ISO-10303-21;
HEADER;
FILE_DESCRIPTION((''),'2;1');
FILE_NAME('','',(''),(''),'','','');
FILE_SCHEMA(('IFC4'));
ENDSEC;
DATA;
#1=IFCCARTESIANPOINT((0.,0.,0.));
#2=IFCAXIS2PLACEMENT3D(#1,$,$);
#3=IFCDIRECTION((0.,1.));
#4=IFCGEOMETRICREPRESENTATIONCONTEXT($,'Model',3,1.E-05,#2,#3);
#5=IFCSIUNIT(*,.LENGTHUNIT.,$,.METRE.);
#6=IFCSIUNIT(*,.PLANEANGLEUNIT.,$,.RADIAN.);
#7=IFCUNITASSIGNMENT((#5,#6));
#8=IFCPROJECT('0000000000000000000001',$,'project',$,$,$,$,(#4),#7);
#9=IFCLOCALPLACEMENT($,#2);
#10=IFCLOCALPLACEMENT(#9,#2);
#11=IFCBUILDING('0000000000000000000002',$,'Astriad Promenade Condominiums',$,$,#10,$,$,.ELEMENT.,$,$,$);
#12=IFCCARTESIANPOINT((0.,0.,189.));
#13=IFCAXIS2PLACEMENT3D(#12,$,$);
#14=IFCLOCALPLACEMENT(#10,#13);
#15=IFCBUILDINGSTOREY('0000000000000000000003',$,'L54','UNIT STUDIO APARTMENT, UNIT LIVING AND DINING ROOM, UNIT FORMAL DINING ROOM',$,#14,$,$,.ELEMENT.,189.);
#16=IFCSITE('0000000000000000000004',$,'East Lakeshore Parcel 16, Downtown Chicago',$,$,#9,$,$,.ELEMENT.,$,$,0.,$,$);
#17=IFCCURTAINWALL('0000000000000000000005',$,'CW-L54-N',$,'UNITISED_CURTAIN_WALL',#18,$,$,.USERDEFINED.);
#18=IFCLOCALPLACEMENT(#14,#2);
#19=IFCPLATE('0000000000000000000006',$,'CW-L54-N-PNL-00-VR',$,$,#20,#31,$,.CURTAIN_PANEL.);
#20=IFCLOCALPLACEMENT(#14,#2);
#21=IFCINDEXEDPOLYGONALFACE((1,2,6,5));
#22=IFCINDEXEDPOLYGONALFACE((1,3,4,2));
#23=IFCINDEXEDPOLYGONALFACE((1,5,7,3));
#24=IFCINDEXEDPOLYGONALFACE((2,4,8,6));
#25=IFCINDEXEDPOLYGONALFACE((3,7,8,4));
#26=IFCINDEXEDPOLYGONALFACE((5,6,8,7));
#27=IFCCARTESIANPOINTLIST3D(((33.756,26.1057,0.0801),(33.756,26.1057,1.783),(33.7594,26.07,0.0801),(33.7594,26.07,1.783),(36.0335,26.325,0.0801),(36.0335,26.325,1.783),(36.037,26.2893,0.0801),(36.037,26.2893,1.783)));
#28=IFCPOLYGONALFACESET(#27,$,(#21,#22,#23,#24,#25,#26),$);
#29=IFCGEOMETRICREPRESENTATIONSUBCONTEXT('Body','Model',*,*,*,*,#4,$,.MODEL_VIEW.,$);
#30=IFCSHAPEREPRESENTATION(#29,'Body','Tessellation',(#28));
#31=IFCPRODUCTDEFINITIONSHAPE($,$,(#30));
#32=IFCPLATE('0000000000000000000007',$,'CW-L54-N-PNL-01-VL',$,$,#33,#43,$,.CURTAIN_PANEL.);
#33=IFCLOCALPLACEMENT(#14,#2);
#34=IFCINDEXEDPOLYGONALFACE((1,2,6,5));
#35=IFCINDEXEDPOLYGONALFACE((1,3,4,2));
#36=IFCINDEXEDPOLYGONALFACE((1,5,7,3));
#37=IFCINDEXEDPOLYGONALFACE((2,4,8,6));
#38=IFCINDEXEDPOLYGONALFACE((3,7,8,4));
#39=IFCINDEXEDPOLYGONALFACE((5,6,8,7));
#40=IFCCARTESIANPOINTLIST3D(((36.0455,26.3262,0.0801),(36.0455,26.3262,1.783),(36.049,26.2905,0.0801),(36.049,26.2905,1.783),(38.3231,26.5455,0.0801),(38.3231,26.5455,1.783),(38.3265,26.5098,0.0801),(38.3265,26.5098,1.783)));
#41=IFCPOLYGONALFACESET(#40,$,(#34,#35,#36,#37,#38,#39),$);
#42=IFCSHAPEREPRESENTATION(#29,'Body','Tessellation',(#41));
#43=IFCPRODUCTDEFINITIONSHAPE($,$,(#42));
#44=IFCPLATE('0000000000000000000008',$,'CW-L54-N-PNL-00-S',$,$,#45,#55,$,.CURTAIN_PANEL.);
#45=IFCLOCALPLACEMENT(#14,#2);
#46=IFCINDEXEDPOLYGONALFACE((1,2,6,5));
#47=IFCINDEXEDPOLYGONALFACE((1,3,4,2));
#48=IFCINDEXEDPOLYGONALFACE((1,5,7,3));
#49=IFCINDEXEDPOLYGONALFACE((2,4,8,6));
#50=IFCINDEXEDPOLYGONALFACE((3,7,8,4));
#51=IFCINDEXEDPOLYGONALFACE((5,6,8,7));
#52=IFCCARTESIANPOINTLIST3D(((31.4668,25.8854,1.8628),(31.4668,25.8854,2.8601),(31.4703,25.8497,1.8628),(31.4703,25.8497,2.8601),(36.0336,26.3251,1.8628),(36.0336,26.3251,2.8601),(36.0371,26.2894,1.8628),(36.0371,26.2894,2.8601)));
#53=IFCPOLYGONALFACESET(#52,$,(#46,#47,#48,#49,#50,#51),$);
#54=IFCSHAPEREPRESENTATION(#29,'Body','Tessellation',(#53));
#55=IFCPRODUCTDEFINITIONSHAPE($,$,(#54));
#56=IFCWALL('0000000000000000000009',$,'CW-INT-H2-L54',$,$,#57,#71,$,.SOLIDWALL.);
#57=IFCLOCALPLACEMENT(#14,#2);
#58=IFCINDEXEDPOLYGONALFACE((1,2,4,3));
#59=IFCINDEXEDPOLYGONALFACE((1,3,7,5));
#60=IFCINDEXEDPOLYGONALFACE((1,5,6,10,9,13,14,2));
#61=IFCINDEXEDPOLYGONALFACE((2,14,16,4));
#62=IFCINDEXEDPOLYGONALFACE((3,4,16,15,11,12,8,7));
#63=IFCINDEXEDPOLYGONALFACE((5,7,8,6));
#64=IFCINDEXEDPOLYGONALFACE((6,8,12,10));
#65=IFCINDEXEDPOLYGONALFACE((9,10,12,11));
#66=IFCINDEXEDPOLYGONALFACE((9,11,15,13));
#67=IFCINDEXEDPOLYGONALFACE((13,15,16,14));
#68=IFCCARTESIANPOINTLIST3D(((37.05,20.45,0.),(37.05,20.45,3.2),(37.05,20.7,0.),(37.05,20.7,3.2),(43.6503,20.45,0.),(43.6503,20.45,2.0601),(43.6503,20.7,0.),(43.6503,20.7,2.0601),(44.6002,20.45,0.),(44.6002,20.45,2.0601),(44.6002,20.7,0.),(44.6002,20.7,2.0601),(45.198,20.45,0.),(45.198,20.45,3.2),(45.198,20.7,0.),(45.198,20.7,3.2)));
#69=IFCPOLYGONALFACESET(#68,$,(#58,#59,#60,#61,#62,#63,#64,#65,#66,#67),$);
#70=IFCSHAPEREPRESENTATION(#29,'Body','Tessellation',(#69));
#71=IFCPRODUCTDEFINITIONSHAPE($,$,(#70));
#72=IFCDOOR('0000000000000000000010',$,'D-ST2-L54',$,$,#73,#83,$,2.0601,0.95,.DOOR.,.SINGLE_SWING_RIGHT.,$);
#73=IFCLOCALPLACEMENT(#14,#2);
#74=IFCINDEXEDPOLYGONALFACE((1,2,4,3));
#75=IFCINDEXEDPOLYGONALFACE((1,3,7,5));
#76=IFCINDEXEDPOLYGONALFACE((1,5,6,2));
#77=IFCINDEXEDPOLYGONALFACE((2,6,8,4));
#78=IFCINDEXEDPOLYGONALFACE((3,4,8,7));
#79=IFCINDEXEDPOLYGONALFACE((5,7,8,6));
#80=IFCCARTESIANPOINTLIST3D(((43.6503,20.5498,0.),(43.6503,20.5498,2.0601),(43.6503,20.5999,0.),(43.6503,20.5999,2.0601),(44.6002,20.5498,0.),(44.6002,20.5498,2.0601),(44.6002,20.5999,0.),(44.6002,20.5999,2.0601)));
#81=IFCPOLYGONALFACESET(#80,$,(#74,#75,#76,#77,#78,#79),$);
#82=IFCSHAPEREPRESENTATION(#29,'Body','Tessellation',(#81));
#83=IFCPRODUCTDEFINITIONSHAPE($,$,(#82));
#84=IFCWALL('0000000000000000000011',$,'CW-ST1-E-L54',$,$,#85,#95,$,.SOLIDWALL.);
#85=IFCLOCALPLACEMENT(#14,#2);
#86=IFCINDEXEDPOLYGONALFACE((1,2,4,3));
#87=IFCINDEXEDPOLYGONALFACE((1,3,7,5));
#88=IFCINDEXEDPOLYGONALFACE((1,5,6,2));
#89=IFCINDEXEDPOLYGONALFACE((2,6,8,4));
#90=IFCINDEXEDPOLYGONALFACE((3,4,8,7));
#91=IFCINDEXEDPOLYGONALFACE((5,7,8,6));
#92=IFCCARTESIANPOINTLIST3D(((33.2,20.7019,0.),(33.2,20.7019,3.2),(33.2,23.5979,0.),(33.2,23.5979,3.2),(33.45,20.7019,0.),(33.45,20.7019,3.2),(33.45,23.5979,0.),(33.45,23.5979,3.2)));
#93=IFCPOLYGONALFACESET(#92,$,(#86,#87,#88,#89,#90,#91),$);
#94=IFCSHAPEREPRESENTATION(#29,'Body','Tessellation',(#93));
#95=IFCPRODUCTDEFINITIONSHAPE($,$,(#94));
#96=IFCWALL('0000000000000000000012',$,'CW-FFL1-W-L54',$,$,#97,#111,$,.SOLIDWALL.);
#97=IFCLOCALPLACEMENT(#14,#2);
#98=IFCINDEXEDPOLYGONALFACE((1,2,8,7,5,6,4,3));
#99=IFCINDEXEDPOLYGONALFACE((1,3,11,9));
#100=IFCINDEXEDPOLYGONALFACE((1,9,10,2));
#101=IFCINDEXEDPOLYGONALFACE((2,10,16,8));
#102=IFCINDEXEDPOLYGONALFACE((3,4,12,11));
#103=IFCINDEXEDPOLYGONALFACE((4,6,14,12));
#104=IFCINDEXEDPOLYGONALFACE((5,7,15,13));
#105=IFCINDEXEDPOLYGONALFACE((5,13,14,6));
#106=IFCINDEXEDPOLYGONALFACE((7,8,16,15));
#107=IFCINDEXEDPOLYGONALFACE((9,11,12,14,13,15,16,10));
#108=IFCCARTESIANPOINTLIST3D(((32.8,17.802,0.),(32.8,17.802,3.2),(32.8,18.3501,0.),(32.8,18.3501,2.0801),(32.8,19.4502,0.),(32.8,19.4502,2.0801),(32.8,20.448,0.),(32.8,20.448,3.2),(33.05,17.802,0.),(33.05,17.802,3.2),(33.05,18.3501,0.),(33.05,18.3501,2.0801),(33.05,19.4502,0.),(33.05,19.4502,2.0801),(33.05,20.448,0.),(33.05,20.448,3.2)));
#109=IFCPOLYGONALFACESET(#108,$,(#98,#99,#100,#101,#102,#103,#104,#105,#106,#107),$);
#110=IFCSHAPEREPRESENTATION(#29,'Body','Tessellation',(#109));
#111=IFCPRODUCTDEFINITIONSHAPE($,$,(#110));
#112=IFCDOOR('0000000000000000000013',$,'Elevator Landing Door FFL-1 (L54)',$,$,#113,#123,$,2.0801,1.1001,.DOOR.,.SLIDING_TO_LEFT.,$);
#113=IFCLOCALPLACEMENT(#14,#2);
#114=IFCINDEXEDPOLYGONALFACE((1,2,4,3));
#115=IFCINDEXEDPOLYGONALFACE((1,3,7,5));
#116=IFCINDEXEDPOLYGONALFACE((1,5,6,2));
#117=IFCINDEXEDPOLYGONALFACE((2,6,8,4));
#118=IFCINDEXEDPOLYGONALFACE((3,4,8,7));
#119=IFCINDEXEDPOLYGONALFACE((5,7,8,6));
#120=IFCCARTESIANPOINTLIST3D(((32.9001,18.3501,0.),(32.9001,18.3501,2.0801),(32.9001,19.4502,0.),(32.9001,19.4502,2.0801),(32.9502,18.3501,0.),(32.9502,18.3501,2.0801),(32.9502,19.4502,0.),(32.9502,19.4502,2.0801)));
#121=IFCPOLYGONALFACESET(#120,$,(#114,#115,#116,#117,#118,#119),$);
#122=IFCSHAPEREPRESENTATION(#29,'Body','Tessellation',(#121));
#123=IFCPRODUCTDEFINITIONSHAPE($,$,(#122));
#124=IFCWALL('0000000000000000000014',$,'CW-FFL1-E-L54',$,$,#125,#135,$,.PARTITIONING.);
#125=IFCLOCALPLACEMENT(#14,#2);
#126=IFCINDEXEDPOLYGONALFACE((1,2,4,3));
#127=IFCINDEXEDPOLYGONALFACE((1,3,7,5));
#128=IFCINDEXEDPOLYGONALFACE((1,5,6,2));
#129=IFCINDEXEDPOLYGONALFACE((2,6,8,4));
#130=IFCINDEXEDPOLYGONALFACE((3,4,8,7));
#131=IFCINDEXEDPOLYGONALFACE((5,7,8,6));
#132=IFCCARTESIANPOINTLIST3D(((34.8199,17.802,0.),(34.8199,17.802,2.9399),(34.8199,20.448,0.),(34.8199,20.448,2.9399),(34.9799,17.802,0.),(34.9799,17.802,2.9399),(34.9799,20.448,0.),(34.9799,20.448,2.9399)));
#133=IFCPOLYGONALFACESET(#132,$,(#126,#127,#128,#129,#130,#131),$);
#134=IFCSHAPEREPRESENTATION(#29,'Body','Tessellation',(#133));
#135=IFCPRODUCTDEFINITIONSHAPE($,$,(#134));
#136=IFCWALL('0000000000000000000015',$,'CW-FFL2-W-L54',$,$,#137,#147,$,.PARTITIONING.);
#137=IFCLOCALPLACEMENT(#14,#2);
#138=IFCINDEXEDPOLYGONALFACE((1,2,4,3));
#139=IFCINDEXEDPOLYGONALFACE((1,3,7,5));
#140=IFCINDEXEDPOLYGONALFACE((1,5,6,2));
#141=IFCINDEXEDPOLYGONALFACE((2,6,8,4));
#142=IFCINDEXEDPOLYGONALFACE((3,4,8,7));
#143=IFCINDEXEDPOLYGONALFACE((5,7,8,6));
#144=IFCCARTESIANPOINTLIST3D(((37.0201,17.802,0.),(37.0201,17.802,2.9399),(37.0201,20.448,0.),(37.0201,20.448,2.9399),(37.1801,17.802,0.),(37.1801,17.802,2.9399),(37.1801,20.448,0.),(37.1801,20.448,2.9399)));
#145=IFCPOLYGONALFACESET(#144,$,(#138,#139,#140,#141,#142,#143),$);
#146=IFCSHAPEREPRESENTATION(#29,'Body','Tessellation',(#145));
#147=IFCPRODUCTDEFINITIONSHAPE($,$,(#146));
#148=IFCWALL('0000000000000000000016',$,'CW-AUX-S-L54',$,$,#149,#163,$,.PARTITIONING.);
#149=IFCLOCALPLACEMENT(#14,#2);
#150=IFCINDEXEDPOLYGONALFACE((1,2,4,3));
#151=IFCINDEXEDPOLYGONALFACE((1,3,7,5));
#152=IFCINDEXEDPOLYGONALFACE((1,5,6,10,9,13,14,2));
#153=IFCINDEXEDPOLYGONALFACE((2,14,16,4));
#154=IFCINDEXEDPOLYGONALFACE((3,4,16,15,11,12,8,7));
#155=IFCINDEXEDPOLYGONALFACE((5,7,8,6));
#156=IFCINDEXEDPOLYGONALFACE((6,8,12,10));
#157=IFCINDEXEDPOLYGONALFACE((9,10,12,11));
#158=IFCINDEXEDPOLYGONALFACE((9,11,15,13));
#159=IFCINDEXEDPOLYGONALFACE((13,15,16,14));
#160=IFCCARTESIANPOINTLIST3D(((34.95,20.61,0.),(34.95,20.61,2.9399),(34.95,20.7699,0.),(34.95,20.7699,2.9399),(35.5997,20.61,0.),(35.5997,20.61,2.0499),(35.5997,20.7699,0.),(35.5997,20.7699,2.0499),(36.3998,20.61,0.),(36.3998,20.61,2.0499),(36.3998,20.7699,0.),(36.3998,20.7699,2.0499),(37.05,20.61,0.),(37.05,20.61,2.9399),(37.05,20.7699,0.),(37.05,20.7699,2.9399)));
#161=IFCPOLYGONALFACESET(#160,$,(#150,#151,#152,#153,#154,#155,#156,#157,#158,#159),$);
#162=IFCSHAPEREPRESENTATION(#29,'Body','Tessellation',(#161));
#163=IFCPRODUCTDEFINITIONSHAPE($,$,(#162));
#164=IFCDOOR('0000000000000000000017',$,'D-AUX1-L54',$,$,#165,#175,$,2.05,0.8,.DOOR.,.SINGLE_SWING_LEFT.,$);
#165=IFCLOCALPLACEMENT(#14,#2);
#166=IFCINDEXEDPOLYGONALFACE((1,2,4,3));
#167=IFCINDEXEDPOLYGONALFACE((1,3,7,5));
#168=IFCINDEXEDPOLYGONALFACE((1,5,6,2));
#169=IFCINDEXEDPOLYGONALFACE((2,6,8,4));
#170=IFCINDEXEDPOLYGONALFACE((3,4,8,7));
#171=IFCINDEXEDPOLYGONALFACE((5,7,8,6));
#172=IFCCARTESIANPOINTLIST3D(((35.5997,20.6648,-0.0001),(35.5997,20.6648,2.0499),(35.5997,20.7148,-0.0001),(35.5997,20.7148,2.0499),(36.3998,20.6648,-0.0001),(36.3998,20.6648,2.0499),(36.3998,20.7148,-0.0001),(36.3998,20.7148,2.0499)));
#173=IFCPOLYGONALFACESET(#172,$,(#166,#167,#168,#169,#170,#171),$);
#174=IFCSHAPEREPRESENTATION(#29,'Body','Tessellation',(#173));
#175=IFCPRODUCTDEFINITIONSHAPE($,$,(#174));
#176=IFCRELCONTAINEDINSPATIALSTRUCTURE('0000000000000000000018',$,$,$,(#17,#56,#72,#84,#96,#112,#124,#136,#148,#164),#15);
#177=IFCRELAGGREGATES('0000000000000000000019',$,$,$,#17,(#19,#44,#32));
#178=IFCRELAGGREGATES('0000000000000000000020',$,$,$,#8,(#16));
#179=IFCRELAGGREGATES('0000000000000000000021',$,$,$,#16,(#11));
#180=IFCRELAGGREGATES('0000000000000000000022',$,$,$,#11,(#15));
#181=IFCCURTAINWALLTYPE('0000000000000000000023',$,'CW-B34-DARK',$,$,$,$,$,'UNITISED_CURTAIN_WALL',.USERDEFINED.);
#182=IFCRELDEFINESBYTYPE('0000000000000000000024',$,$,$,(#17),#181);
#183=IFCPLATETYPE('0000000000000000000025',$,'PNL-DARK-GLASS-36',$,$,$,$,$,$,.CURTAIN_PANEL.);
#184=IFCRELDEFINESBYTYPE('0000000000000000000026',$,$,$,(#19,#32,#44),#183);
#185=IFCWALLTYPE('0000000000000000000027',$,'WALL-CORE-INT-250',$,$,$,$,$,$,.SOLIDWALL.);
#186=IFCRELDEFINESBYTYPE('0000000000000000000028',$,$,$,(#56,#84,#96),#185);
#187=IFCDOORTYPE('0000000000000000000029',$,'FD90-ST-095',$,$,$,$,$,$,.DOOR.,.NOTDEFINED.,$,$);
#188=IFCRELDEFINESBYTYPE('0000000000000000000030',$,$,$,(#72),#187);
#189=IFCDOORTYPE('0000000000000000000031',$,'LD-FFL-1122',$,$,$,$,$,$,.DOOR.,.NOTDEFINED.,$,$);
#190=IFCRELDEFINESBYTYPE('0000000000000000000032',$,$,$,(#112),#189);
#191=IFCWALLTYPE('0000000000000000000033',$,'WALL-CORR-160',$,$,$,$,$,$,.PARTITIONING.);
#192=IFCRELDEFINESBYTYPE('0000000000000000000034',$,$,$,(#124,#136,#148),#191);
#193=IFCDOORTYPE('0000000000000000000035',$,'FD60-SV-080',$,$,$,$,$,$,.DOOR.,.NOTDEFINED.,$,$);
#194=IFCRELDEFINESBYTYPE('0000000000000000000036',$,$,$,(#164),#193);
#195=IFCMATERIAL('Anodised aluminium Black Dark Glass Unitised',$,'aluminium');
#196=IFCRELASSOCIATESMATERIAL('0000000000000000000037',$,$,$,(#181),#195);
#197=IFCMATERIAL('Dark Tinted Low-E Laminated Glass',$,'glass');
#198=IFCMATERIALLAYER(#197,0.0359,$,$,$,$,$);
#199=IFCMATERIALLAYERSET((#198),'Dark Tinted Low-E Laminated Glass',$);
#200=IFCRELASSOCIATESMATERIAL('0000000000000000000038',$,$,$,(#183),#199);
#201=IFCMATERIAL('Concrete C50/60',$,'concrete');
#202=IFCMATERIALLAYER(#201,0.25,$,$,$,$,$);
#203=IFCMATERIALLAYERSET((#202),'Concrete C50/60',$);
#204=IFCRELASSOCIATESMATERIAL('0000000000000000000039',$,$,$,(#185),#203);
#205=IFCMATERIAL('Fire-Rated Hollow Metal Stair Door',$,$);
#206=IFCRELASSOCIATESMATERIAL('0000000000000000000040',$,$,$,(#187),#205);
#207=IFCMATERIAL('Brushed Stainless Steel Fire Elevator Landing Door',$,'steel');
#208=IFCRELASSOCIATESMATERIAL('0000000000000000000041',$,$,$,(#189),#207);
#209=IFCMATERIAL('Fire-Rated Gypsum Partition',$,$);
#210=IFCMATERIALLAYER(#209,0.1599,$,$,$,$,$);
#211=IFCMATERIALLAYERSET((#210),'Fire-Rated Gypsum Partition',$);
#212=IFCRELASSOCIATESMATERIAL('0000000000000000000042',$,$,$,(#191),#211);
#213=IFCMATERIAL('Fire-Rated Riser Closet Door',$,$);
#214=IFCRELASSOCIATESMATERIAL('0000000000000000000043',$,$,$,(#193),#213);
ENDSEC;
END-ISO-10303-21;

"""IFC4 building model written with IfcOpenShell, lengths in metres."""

from ifc_helpers import new_model, si_unit, direction, frame, frame_2d, origin, origin_2d, place, context, subcontext, project, spatial, rectangle, extrude, source, transform, mapped, material, layer, layer_set, type_object, type_shapes, element, fill, aggregate, save


model = new_model("IFC4")

# Units and contexts
model_context = context("Model", 3, precision=1e-05, world=origin(), true_north=direction((0.0, 1.0)))
body_context = subcontext(model_context, "Body", "Model", "MODEL_VIEW")
ifc_project = project(units=[si_unit("LENGTHUNIT", "METRE"), si_unit("PLANEANGLEUNIT", "RADIAN")], contexts=[model_context])

# Site, building, storey
site_placement = place(None, origin())
site = spatial("IfcSite", under=ifc_project, at=site_placement, Name="East Lakeshore Parcel 16, Downtown Chicago", CompositionType="ELEMENT", RefElevation=0.0)
building_placement = place(site_placement, origin())
building = spatial("IfcBuilding", under=site, at=building_placement, Name="Astriad Promenade Condominiums", CompositionType="ELEMENT")
storey_placement = place(building_placement, frame((0.0, 0.0, 189.0)))
storey = spatial("IfcBuildingStorey", under=building, at=storey_placement, Name="L54", Description="UNIT STUDIO APARTMENT, UNIT LIVING AND DINING ROOM, UNIT FORMAL DINING ROOM", CompositionType="ELEMENT", Elevation=189.0)

# Curtain wall, plates
ifc_material_1 = material(Name="Anodised aluminium Black Dark Glass Unitised", Category="aluminium")
curtain_wall_type = type_object("IfcCurtainWallType", Name="CW-B34-DARK", ElementType="UNITISED_CURTAIN_WALL", PredefinedType="USERDEFINED", material=ifc_material_1)
curtain_wall_placement = place(storey_placement, origin())
curtain_wall = element("IfcCurtainWall", 1, at=curtain_wall_placement, inside=storey, type_object=curtain_wall_type, Name="CW-L54-N", ObjectType="UNITISED_CURTAIN_WALL", PredefinedType="USERDEFINED")
ifc_material_2 = material(Name="Dark Tinted Low-E Laminated Glass", Category="glass")
ifc_layer_1 = layer(ifc_material_2, 0.0359)
ifc_layer_set_1 = layer_set([ifc_layer_1], Name="Dark Tinted Low-E Laminated Glass")
plate_type = type_object("IfcPlateType", Name="PNL-DARK-GLASS-36", PredefinedType="CURTAIN_PANEL", material=ifc_layer_set_1)
shared_shape_1 = source(origin(), body_context, "Body", "SweptSolid", [
    extrude(rectangle(XDim=2.2881, YDim=0.0359, at=origin_2d()), origin(), (0.0, 0.0, 1.0), 1.7029),
])
plate_1_placement = place(storey_placement, frame((34.8965, 26.1975, 0.0801), z_axis=(0.0, 0.0, 1.0), x_axis=(0.995396, 0.095846, 0.0)))
plate_1 = element("IfcPlate", 2, at=plate_1_placement, type_object=plate_type, Name="CW-L54-N-PNL-00-VR", PredefinedType="CURTAIN_PANEL", context=body_context, shape_type="MappedRepresentation", body=[
    mapped(shared_shape_1, transform((0.0, 0.0, 0.0), scale=1.0)),
])
plate_2_placement = place(storey_placement, frame((37.186, 26.418, 0.0801), z_axis=(0.0, 0.0, 1.0), x_axis=(0.995396, 0.095846, 0.0)))
plate_2 = element("IfcPlate", 3, at=plate_2_placement, type_object=plate_type, Name="CW-L54-N-PNL-01-VL", PredefinedType="CURTAIN_PANEL", context=body_context, shape_type="MappedRepresentation", body=[
    mapped(shared_shape_1, transform((0.0, 0.0, 0.0), scale=1.0)),
])
shared_shape_2 = source(origin(), body_context, "Body", "SweptSolid", [
    extrude(rectangle(XDim=4.5879, YDim=0.0359, at=origin_2d()), origin(), (0.0, 0.0, 1.0), 0.9973),
])
type_shapes(plate_type, [shared_shape_1, shared_shape_2])
plate_3_placement = place(storey_placement, frame((33.752, 26.0874, 1.8628), z_axis=(0.0, 0.0, 1.0), x_axis=(0.995396, 0.095846, 0.0)))
plate_3 = element("IfcPlate", 4, at=plate_3_placement, type_object=plate_type, Name="CW-L54-N-PNL-00-S", PredefinedType="CURTAIN_PANEL", context=body_context, shape_type="MappedRepresentation", body=[
    mapped(shared_shape_2, transform((0.0, 0.0, 0.0), scale=1.0)),
])
aggregate(curtain_wall, [plate_1, plate_3, plate_2])

# Wall, opening, door
ifc_material_3 = material(Name="Concrete C50/60", Category="concrete")
ifc_layer_2 = layer(ifc_material_3, 0.25)
ifc_layer_set_2 = layer_set([ifc_layer_2], Name="Concrete C50/60")
wall_type_1 = type_object("IfcWallType", Name="WALL-CORE-INT-250", PredefinedType="SOLIDWALL", material=ifc_layer_set_2)
wall_1_placement = place(storey_placement, frame((37.05, 20.575, 0.0), z_axis=(0.0, 0.0, 1.0), x_axis=(1.0, 0.0, 0.0)))
wall_1 = element("IfcWall", 5, at=wall_1_placement, inside=storey, type_object=wall_type_1, Name="CW-INT-H2-L54", PredefinedType="SOLIDWALL", context=body_context, shape_type="SweptSolid", body=[
    extrude(rectangle(XDim=8.1479, YDim=0.25, at=frame_2d((4.074, 0.0))), origin(), (0.0, 0.0, 1.0), 3.2),
])
opening_1_placement = place(wall_1_placement, frame((6.6001, 0.0, 0.0)))
opening_1 = element("IfcOpeningElement", 6, at=opening_1_placement, cuts=wall_1, PredefinedType="OPENING", context=body_context, shape_type="SweptSolid", body=[
    extrude(rectangle(XDim=0.95, YDim=2.0601, at=frame_2d((0.4751, 1.03))), frame((0.0, 0.135, 0.0), z_axis=(0.0, -1.0, 0.0), x_axis=(1.0, 0.0, 0.0)), (0.0, 0.0, 1.0), 0.27),
])
ifc_material_4 = material(Name="Fire-Rated Hollow Metal Stair Door")
door_type_1 = type_object("IfcDoorType", Name="FD90-ST-095", OperationType="NOTDEFINED", PredefinedType="DOOR", material=ifc_material_4)
shared_shape_3 = source(origin(), body_context, "Body", "SweptSolid", [
    extrude(rectangle(XDim=0.95, YDim=2.0601, at=frame_2d((0.4751, 1.03))), frame((0.0, 0.0249, 0.0), z_axis=(0.0, -1.0, 0.0), x_axis=(1.0, 0.0, 0.0)), (0.0, 0.0, 1.0), 0.05),
])
type_shapes(door_type_1, [shared_shape_3])
door_1_placement = place(opening_1_placement, origin())
door_1 = element("IfcDoor", 7, at=door_1_placement, inside=storey, type_object=door_type_1, Name="D-ST2-L54", OperationType="SINGLE_SWING_RIGHT", OverallHeight=2.0601, OverallWidth=0.95, PredefinedType="DOOR", context=body_context, shape_type="MappedRepresentation", body=[
    mapped(shared_shape_3, transform((0.0, 0.0, 0.0), scale=1.0)),
])
fill(opening_1, door_1)

# Wall
wall_2_placement = place(storey_placement, frame((33.325, 20.7019, 0.0), z_axis=(0.0, 0.0, 1.0), x_axis=(0.0, 1.0, 0.0)))
element("IfcWall", 8, at=wall_2_placement, inside=storey, type_object=wall_type_1, Name="CW-ST1-E-L54", PredefinedType="SOLIDWALL", context=body_context, shape_type="SweptSolid", body=[
    extrude(rectangle(XDim=2.896, YDim=0.25, at=frame_2d((1.448, 0.0))), origin(), (0.0, 0.0, 1.0), 3.2),
])

# Wall, opening, door
wall_3_placement = place(storey_placement, frame((32.925, 17.802, 0.0), z_axis=(0.0, 0.0, 1.0), x_axis=(0.0, 1.0, 0.0)))
wall_3 = element("IfcWall", 9, at=wall_3_placement, inside=storey, type_object=wall_type_1, Name="CW-FFL1-W-L54", PredefinedType="SOLIDWALL", context=body_context, shape_type="SweptSolid", body=[
    extrude(rectangle(XDim=2.646, YDim=0.25, at=frame_2d((1.323, 0.0))), origin(), (0.0, 0.0, 1.0), 3.2),
])
opening_2_placement = place(wall_3_placement, frame((0.5481, 0.0, 0.0)))
opening_2 = element("IfcOpeningElement", 10, at=opening_2_placement, cuts=wall_3, PredefinedType="OPENING", context=body_context, shape_type="SweptSolid", body=[
    extrude(rectangle(XDim=1.1001, YDim=2.0801, at=frame_2d((0.55, 1.04))), frame((0.0, 0.135, 0.0), z_axis=(0.0, -1.0, 0.0), x_axis=(1.0, 0.0, 0.0)), (0.0, 0.0, 1.0), 0.27),
])
ifc_material_5 = material(Name="Brushed Stainless Steel Fire Elevator Landing Door", Category="steel")
door_type_2 = type_object("IfcDoorType", Name="LD-FFL-1122", OperationType="NOTDEFINED", PredefinedType="DOOR", material=ifc_material_5)
shared_shape_4 = source(origin(), body_context, "Body", "SweptSolid", [
    extrude(rectangle(XDim=1.1001, YDim=2.0801, at=frame_2d((0.55, 1.04))), frame((0.0, 0.0249, 0.0), z_axis=(0.0, -1.0, 0.0), x_axis=(1.0, 0.0, 0.0)), (0.0, 0.0, 1.0), 0.05),
])
type_shapes(door_type_2, [shared_shape_4])
door_2_placement = place(opening_2_placement, origin())
door_2 = element("IfcDoor", 11, at=door_2_placement, inside=storey, type_object=door_type_2, Name="Elevator Landing Door FFL-1 (L54)", OperationType="SLIDING_TO_LEFT", OverallHeight=2.0801, OverallWidth=1.1001, PredefinedType="DOOR", context=body_context, shape_type="MappedRepresentation", body=[
    mapped(shared_shape_4, transform((0.0, 0.0, 0.0), scale=1.0)),
])
fill(opening_2, door_2)

# Walls
ifc_material_6 = material(Name="Fire-Rated Gypsum Partition")
ifc_layer_3 = layer(ifc_material_6, 0.1599)
ifc_layer_set_3 = layer_set([ifc_layer_3], Name="Fire-Rated Gypsum Partition")
wall_type_2 = type_object("IfcWallType", Name="WALL-CORR-160", PredefinedType="PARTITIONING", material=ifc_layer_set_3)
for number, where, z_axis, x_axis, name in (
    (12, (34.8999, 17.802, 0.0), (0.0, 0.0, 1.0), (0.0, 1.0, 0.0), "CW-FFL1-E-L54"),
    (13, (37.1001, 17.802, 0.0), (0.0, 0.0, 1.0), (0.0, 1.0, 0.0), "CW-FFL2-W-L54"),
):
    element("IfcWall", number, at=place(storey_placement, frame(where, z_axis=z_axis, x_axis=x_axis)), inside=storey, type_object=wall_type_2, Name=name, PredefinedType="PARTITIONING", context=body_context, shape_type="SweptSolid", body=[
        extrude(rectangle(XDim=2.646, YDim=0.1599, at=frame_2d((1.323, 0.0))), origin(), (0.0, 0.0, 1.0), 2.9399),
    ])

# Wall, opening, door
wall_4_placement = place(storey_placement, frame((34.95, 20.6899, 0.0), z_axis=(0.0, 0.0, 1.0), x_axis=(1.0, 0.0, 0.0)))
wall_4 = element("IfcWall", 14, at=wall_4_placement, inside=storey, type_object=wall_type_2, Name="CW-AUX-S-L54", PredefinedType="PARTITIONING", context=body_context, shape_type="SweptSolid", body=[
    extrude(rectangle(XDim=2.1001, YDim=0.1599, at=frame_2d((1.05, 0.0))), origin(), (0.0, 0.0, 1.0), 2.9399),
])
opening_3_placement = place(wall_4_placement, frame((0.6499, 0.0, 0.0)))
opening_3 = element("IfcOpeningElement", 15, at=opening_3_placement, cuts=wall_4, PredefinedType="OPENING", context=body_context, shape_type="SweptSolid", body=[
    extrude(rectangle(XDim=0.8, YDim=2.05, at=frame_2d((0.3999, 1.0249))), frame((0.0, 0.0898, 0.0), z_axis=(0.0, -1.0, 0.0), x_axis=(1.0, 0.0, 0.0)), (0.0, 0.0, 1.0), 0.1799),
])
ifc_material_7 = material(Name="Fire-Rated Riser Closet Door")
door_type_3 = type_object("IfcDoorType", Name="FD60-SV-080", OperationType="NOTDEFINED", PredefinedType="DOOR", material=ifc_material_7)
shared_shape_5 = source(origin(), body_context, "Body", "SweptSolid", [
    extrude(rectangle(XDim=0.8, YDim=2.05, at=frame_2d((0.3999, 1.0249))), frame((0.0, 0.0249, 0.0), z_axis=(0.0, -1.0, 0.0), x_axis=(1.0, 0.0, 0.0)), (0.0, 0.0, 1.0), 0.05),
])
type_shapes(door_type_3, [shared_shape_5])
door_3_placement = place(opening_3_placement, origin())
door_3 = element("IfcDoor", 16, at=door_3_placement, inside=storey, type_object=door_type_3, Name="D-AUX1-L54", OperationType="SINGLE_SWING_LEFT", OverallHeight=2.05, OverallWidth=0.8, PredefinedType="DOOR", context=body_context, shape_type="MappedRepresentation", body=[
    mapped(shared_shape_5, transform((0.0, 0.0, 0.0), scale=1.0)),
])
fill(opening_3, door_3)

save(model, "model.ifc")
